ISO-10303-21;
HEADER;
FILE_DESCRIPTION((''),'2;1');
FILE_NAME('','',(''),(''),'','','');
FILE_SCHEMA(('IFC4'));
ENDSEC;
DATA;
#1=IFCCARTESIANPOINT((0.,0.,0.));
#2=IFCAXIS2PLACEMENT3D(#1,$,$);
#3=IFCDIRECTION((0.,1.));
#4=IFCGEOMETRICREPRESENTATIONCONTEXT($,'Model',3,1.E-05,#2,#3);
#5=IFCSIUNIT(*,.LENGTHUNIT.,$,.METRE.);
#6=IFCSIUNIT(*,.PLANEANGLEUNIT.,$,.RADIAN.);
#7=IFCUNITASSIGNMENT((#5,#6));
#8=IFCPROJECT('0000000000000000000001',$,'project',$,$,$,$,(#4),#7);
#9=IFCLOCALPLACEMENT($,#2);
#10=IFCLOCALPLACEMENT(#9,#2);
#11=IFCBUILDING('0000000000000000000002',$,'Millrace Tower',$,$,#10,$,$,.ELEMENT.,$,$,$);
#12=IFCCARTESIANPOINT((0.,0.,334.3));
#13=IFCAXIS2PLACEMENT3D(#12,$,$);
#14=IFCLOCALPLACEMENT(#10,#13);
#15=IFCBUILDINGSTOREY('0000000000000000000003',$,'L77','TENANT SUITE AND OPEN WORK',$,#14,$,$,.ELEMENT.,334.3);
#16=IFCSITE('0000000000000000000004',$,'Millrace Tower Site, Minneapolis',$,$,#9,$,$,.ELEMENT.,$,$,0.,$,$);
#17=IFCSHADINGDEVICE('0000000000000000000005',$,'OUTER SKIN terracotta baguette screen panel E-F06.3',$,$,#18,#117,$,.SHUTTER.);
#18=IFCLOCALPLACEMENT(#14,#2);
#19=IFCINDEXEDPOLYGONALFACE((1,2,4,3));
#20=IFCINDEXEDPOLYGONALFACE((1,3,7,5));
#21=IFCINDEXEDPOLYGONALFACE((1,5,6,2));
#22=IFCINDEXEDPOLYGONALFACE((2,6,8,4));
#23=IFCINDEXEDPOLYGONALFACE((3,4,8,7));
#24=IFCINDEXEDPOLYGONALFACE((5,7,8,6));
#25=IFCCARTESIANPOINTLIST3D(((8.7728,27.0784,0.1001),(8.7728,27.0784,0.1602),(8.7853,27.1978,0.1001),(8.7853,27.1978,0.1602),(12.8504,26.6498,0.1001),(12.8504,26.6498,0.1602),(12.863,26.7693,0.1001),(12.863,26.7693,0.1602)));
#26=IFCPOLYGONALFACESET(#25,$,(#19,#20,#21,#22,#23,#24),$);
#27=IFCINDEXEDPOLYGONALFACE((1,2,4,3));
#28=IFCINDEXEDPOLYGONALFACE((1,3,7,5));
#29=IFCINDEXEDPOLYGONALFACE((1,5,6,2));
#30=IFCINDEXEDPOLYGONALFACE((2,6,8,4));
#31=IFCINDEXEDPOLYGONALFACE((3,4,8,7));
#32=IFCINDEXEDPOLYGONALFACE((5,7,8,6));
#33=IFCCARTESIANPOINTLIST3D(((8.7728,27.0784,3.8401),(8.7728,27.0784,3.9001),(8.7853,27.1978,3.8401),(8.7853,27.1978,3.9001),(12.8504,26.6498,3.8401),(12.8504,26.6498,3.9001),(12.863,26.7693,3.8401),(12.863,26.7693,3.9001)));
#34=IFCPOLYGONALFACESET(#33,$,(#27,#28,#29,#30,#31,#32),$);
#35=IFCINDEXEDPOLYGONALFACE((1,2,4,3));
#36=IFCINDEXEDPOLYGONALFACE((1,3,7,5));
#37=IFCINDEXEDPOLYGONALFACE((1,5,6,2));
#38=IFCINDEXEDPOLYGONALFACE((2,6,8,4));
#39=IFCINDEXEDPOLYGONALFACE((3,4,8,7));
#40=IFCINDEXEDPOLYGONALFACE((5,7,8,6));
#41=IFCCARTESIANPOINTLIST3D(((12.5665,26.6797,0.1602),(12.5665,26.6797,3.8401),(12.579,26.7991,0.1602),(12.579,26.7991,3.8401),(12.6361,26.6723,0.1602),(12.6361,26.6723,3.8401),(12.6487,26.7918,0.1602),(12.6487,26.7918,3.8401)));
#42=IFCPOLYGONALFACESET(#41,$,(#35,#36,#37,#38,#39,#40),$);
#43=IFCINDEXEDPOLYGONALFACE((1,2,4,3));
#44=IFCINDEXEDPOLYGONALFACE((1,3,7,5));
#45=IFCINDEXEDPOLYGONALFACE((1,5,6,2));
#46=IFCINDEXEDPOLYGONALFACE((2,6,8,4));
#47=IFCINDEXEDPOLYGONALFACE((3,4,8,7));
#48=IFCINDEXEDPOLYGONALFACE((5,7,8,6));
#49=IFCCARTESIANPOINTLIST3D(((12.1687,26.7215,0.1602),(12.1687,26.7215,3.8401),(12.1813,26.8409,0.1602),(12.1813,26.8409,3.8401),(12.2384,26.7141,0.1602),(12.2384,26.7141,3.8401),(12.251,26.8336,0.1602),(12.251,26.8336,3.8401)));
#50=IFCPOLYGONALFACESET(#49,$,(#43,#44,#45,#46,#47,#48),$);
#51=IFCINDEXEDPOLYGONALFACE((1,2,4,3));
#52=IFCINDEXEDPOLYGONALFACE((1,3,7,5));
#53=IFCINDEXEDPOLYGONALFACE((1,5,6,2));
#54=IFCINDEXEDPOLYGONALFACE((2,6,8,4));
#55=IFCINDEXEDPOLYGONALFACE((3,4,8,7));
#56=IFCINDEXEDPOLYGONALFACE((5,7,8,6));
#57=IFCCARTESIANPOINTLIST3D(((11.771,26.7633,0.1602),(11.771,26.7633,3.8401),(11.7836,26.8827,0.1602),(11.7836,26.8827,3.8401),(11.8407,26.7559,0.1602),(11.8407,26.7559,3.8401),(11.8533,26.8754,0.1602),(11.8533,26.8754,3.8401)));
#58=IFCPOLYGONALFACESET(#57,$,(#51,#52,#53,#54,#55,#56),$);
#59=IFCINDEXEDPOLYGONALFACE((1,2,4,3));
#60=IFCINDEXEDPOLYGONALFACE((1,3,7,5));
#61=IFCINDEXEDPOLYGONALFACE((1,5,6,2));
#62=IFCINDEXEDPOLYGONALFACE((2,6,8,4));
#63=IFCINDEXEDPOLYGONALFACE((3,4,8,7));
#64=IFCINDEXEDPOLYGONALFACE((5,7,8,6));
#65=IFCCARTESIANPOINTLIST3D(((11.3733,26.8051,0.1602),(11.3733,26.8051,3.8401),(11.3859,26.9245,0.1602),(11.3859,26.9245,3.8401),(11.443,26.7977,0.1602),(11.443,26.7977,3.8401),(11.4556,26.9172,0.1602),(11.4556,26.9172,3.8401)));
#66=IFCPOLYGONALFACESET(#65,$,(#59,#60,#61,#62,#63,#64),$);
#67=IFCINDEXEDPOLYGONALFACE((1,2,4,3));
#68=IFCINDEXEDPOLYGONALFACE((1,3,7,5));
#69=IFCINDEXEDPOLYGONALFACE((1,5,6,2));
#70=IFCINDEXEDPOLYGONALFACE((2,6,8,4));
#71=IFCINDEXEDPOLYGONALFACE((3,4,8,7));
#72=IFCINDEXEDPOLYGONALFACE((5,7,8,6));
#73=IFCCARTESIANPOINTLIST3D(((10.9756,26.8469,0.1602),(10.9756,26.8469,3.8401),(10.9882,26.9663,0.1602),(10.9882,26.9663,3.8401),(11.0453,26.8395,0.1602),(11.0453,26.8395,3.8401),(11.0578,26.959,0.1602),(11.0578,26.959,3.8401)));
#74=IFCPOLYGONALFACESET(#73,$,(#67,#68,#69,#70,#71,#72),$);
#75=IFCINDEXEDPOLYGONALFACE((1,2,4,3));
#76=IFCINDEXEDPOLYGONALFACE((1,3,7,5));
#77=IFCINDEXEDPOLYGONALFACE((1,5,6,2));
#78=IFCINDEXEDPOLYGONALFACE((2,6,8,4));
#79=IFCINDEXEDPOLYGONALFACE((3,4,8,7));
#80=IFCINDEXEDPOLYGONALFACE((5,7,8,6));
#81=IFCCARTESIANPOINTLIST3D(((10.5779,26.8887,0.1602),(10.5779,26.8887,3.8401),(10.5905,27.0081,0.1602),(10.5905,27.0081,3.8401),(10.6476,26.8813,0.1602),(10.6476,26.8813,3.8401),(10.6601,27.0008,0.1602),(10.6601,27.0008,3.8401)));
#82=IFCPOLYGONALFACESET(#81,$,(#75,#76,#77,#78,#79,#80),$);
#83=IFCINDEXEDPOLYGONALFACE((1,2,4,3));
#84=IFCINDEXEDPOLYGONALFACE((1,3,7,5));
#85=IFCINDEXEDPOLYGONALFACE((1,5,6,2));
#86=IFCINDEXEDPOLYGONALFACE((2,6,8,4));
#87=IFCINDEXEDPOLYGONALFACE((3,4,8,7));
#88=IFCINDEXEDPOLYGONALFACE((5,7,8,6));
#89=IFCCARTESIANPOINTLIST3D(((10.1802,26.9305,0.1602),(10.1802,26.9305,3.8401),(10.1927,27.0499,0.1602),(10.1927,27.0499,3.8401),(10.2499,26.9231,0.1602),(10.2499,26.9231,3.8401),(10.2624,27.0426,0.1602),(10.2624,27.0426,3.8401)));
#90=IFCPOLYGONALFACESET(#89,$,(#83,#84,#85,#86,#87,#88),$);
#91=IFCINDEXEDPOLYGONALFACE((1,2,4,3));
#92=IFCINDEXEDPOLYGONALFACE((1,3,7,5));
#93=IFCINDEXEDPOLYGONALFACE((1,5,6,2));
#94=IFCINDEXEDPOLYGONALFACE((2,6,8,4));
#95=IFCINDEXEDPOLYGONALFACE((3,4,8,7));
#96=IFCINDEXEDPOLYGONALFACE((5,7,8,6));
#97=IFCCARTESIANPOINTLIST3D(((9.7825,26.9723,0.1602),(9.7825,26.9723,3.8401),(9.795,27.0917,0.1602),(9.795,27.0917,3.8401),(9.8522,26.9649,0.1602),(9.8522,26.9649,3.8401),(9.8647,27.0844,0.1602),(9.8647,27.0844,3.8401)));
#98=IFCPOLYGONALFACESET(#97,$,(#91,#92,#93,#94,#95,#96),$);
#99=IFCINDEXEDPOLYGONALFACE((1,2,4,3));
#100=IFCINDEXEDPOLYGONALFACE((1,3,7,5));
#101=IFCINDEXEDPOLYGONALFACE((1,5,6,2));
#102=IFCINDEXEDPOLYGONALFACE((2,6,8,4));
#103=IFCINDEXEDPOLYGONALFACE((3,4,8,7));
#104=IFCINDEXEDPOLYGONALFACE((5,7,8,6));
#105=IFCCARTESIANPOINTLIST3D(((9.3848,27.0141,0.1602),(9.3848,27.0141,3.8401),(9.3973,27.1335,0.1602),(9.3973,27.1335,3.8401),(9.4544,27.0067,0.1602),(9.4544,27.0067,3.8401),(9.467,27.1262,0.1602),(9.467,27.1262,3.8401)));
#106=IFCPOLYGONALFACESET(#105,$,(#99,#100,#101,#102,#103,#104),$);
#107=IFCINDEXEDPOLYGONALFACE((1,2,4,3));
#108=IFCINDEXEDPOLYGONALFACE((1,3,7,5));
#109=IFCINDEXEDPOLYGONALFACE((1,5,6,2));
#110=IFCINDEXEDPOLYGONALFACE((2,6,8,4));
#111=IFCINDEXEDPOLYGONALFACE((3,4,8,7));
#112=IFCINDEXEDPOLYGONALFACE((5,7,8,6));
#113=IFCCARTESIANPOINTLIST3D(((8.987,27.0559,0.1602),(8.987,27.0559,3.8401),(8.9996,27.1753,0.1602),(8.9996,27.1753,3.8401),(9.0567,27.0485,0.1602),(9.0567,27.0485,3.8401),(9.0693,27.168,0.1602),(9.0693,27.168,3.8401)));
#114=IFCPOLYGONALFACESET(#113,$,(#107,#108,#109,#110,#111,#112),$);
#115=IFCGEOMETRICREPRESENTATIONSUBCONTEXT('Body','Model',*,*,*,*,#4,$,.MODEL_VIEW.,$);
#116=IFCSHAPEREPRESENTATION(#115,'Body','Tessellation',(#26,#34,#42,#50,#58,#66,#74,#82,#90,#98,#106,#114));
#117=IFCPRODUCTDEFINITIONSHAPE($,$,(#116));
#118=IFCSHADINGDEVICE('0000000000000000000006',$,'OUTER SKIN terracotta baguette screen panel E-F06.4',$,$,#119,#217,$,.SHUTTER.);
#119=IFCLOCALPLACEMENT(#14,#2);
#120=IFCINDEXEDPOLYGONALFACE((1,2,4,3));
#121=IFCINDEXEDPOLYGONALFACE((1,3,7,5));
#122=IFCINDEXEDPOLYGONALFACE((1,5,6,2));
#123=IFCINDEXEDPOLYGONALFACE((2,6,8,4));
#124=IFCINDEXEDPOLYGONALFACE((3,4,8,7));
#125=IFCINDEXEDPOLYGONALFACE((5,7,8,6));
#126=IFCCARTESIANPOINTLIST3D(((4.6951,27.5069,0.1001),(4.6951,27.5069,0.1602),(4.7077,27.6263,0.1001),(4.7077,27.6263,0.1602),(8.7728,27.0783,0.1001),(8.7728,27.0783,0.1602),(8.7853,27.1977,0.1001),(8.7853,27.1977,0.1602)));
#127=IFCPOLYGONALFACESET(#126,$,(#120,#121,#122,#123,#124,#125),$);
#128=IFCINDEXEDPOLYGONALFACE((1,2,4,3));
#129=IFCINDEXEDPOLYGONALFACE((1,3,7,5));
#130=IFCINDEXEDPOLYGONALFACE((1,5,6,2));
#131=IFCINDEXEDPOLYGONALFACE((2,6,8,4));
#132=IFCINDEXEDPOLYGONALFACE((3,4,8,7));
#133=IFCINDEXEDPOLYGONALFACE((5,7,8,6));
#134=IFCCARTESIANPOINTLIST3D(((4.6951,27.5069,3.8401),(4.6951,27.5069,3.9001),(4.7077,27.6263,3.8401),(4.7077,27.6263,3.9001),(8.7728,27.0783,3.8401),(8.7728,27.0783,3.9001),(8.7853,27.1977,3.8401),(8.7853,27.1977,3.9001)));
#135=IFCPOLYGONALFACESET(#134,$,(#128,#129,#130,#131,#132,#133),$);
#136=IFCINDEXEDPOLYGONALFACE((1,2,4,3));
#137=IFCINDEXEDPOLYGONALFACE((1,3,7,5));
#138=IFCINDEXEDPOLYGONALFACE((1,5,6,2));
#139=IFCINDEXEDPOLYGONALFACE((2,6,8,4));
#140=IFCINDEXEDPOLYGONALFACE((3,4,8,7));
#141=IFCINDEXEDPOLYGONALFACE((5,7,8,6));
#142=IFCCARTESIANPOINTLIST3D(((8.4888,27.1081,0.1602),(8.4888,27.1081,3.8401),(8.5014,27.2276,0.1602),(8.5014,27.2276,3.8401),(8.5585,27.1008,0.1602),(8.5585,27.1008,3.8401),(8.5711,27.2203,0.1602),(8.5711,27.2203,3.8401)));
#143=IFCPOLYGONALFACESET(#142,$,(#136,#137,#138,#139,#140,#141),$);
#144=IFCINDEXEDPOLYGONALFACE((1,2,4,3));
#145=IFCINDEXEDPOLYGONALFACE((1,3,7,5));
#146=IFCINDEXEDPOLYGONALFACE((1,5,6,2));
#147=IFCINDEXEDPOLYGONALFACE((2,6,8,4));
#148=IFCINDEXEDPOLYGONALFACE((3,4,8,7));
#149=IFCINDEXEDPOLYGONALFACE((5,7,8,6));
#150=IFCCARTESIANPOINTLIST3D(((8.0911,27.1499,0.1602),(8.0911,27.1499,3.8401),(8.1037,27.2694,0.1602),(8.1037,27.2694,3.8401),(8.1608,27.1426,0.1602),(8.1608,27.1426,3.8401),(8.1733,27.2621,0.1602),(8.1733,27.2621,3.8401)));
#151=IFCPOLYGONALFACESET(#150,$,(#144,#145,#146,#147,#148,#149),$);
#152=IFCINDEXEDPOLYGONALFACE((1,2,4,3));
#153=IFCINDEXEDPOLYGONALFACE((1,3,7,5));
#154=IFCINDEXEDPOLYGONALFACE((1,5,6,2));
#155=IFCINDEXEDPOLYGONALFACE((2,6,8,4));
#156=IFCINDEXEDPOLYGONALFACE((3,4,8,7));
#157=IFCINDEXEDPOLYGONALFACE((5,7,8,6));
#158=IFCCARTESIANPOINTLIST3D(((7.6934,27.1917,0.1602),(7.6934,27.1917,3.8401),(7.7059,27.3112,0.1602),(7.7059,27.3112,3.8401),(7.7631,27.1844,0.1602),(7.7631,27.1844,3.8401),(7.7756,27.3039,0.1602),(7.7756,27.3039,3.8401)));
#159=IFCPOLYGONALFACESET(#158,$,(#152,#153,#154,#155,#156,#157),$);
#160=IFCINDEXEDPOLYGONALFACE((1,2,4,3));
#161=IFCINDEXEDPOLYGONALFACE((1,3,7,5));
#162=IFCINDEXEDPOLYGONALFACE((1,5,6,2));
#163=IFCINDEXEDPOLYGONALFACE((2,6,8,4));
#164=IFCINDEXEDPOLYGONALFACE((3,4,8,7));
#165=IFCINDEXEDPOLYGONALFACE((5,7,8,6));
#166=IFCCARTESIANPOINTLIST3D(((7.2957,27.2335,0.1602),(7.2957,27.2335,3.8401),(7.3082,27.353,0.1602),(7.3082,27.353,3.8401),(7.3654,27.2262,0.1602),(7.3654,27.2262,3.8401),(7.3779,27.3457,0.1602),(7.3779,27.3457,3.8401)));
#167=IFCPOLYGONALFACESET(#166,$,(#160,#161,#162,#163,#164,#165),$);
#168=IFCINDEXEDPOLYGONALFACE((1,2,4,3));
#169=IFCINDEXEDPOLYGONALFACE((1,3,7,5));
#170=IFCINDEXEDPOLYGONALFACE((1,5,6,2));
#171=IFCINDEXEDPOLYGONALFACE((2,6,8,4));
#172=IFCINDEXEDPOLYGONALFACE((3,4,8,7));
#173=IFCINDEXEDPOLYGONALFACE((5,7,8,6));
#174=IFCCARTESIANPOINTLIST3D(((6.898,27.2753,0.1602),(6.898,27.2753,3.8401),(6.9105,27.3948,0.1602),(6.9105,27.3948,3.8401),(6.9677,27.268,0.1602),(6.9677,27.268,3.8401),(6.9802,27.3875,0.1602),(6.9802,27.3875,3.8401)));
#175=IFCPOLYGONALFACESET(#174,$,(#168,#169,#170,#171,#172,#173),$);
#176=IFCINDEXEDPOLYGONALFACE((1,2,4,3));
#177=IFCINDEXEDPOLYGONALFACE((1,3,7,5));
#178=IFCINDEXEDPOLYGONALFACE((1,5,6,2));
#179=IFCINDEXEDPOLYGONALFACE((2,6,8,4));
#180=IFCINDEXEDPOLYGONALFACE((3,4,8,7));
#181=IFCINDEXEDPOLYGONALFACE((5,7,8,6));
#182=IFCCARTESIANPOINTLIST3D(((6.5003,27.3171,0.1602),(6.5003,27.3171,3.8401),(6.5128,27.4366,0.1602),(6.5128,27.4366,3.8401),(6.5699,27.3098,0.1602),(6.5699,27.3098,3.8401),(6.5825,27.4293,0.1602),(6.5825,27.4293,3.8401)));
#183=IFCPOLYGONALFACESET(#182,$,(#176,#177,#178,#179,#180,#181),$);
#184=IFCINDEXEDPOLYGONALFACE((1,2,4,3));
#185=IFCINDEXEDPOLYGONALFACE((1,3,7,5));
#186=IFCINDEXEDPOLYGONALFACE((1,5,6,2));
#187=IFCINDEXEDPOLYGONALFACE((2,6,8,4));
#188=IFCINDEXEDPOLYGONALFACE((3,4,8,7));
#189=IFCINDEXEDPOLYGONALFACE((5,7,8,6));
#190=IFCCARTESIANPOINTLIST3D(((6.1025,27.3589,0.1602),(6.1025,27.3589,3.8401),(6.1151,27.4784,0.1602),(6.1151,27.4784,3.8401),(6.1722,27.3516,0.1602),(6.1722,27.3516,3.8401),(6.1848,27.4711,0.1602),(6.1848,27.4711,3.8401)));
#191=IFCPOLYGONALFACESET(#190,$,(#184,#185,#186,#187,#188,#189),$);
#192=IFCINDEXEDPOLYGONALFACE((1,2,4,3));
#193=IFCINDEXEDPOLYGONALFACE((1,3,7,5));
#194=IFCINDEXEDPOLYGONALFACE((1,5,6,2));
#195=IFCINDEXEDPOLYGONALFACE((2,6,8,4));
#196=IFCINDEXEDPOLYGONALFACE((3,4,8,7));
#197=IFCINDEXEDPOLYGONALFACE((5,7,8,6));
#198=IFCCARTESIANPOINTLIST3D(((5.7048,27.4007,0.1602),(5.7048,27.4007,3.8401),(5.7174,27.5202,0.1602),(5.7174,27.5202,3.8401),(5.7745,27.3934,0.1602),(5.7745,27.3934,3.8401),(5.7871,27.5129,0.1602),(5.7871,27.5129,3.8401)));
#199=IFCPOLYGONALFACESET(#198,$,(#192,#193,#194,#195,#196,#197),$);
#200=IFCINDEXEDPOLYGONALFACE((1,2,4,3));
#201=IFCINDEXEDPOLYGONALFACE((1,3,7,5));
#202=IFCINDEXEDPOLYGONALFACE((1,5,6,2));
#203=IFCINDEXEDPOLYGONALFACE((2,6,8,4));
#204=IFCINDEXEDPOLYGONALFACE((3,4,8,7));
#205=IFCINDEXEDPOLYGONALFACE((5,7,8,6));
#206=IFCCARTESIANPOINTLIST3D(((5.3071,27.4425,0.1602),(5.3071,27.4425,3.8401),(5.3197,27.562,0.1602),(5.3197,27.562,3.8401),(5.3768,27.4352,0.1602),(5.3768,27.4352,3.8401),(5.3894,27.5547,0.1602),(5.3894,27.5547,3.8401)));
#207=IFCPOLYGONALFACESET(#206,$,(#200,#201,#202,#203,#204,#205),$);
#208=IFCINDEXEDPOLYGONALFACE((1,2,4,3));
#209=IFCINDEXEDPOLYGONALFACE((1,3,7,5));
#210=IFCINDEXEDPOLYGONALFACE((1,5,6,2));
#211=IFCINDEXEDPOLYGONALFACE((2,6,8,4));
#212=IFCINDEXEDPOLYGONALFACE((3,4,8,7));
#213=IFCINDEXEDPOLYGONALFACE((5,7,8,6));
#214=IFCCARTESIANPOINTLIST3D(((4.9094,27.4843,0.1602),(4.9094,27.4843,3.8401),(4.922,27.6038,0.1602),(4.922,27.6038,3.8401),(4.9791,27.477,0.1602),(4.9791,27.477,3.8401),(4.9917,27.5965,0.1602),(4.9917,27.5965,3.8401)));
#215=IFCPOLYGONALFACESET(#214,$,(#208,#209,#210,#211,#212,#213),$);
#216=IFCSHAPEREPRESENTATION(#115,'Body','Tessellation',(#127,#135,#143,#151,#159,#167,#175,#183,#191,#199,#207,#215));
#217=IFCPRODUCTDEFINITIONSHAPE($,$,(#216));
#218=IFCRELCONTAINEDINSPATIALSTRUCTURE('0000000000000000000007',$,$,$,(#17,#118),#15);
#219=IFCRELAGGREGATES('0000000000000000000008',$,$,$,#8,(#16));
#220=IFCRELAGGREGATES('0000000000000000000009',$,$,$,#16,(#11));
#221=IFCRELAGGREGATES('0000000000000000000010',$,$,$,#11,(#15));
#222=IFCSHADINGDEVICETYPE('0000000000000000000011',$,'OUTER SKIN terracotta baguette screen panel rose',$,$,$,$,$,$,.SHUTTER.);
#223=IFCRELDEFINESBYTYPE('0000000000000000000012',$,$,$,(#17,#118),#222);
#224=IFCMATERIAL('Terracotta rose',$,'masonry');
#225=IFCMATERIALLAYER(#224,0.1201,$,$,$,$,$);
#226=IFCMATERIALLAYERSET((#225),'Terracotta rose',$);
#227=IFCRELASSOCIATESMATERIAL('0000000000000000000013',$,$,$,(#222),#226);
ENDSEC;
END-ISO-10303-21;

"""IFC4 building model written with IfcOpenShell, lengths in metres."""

from ifc_helpers import new_model, entity, si_unit, direction, frame, frame_2d, origin, place, context, subcontext, project, spatial, rectangle, extrude, source, transform, mapped, material, layer, layer_set, type_object, element, save


model = new_model("IFC4")

# Units and contexts
model_context = context("Model", 3, precision=1e-05, world=origin(), true_north=direction((0.0, 1.0)))
body_context = subcontext(model_context, "Body", "Model", "MODEL_VIEW")
ifc_project = project(units=[si_unit("LENGTHUNIT", "METRE"), si_unit("PLANEANGLEUNIT", "RADIAN")], contexts=[model_context])

# Site, building, storey
site_placement = place(None, origin())
site = spatial("IfcSite", under=ifc_project, at=site_placement, Name="Millrace Tower Site, Minneapolis", CompositionType="ELEMENT", RefElevation=0.0)
building_placement = place(site_placement, origin())
building = spatial("IfcBuilding", under=site, at=building_placement, Name="Millrace Tower", CompositionType="ELEMENT")
storey_placement = place(building_placement, frame((0.0, 0.0, 334.3)))
storey = spatial("IfcBuildingStorey", under=building, at=storey_placement, Name="L77", Description="TENANT SUITE AND OPEN WORK", CompositionType="ELEMENT", Elevation=334.3)

# Shading devices
ifc_material_1 = material(Name="Terracotta rose", Category="masonry")
ifc_layer_1 = layer(ifc_material_1, 0.1201)
ifc_layer_set_1 = layer_set([ifc_layer_1], Name="Terracotta rose")
shading_device_type = type_object("IfcShadingDeviceType", Name="OUTER SKIN terracotta baguette screen panel rose", PredefinedType="SHUTTER", material=ifc_layer_set_1)
cartesian_point = entity("IfcCartesianPoint", [-2.05, 0.0601])
shared_polyline = entity("IfcPolyline", [cartesian_point, entity("IfcCartesianPoint", [2.05, 0.0601]), entity("IfcCartesianPoint", [2.05, -0.0601]), entity("IfcCartesianPoint", [-2.05, -0.0601]), cartesian_point])
shared_shape = source(origin(), body_context, "Body", "SweptSolid", [
    entity("IfcExtrudedAreaSolid", entity("IfcArbitraryClosedProfileDef", "AREA", None, shared_polyline), entity("IfcAxis2Placement3D", entity("IfcCartesianPoint", [0.0, 0.0, 0.0])), entity("IfcDirection", [0.0, 0.0, 1.0]), 0.0601),
    entity("IfcExtrudedAreaSolid", entity("IfcArbitraryClosedProfileDef", "AREA", None, shared_polyline), entity("IfcAxis2Placement3D", entity("IfcCartesianPoint", [0.0, 0.0, 3.74])), entity("IfcDirection", [0.0, 0.0, 1.0]), 0.0601),
    extrude(rectangle(XDim=0.0701, YDim=0.1201, at=frame_2d((-1.7996, 0.0))), frame((0.0, 0.0, 0.0601)), (0.0, 0.0, 1.0), 3.6799),
    extrude(rectangle(XDim=0.0701, YDim=0.1201, at=frame_2d((-1.3997, 0.0))), frame((0.0, 0.0, 0.0601)), (0.0, 0.0, 1.0), 3.6799),
    extrude(rectangle(XDim=0.0701, YDim=0.1201, at=frame_2d((-0.9998, 0.0))), frame((0.0, 0.0, 0.0601)), (0.0, 0.0, 1.0), 3.6799),
    extrude(rectangle(XDim=0.0701, YDim=0.1201, at=frame_2d((-0.5999, 0.0))), frame((0.0, 0.0, 0.0601)), (0.0, 0.0, 1.0), 3.6799),
    extrude(rectangle(XDim=0.0701, YDim=0.1201, at=frame_2d((-0.2, 0.0))), frame((0.0, 0.0, 0.0601)), (0.0, 0.0, 1.0), 3.6799),
    extrude(rectangle(XDim=0.0701, YDim=0.1201, at=frame_2d((0.2, 0.0))), frame((0.0, 0.0, 0.0601)), (0.0, 0.0, 1.0), 3.6799),
    extrude(rectangle(XDim=0.0701, YDim=0.1201, at=frame_2d((0.5999, 0.0))), frame((0.0, 0.0, 0.0601)), (0.0, 0.0, 1.0), 3.6799),
    extrude(rectangle(XDim=0.0701, YDim=0.1201, at=frame_2d((0.9998, 0.0))), frame((0.0, 0.0, 0.0601)), (0.0, 0.0, 1.0), 3.6799),
    extrude(rectangle(XDim=0.0701, YDim=0.1201, at=frame_2d((1.3997, 0.0))), frame((0.0, 0.0, 0.0601)), (0.0, 0.0, 1.0), 3.6799),
    extrude(rectangle(XDim=0.0701, YDim=0.1201, at=frame_2d((1.7996, 0.0))), frame((0.0, 0.0, 0.0601)), (0.0, 0.0, 1.0), 3.6799),
])
for number, where, z_axis, x_axis, name in (
    (1, (10.8179, 26.9238, 0.1001), (0.0, 0.0, 1.0), (-0.994522, 0.104528, 0.0), "OUTER SKIN terracotta baguette screen panel E-F06.3"),
    (2, (6.7402, 27.3523, 0.1001), (0.0, 0.0, 1.0), (-0.994522, 0.104528, 0.0), "OUTER SKIN terracotta baguette screen panel E-F06.4"),
):
    element("IfcShadingDevice", number, at=place(storey_placement, frame(where, z_axis=z_axis, x_axis=x_axis)), inside=storey, type_object=shading_device_type, Name=name, PredefinedType="SHUTTER", context=body_context, shape_type="MappedRepresentation", body=[
        mapped(shared_shape, transform((0.0, 0.0, 0.0), scale=1.0)),
    ])

save(model, "model.ifc")
